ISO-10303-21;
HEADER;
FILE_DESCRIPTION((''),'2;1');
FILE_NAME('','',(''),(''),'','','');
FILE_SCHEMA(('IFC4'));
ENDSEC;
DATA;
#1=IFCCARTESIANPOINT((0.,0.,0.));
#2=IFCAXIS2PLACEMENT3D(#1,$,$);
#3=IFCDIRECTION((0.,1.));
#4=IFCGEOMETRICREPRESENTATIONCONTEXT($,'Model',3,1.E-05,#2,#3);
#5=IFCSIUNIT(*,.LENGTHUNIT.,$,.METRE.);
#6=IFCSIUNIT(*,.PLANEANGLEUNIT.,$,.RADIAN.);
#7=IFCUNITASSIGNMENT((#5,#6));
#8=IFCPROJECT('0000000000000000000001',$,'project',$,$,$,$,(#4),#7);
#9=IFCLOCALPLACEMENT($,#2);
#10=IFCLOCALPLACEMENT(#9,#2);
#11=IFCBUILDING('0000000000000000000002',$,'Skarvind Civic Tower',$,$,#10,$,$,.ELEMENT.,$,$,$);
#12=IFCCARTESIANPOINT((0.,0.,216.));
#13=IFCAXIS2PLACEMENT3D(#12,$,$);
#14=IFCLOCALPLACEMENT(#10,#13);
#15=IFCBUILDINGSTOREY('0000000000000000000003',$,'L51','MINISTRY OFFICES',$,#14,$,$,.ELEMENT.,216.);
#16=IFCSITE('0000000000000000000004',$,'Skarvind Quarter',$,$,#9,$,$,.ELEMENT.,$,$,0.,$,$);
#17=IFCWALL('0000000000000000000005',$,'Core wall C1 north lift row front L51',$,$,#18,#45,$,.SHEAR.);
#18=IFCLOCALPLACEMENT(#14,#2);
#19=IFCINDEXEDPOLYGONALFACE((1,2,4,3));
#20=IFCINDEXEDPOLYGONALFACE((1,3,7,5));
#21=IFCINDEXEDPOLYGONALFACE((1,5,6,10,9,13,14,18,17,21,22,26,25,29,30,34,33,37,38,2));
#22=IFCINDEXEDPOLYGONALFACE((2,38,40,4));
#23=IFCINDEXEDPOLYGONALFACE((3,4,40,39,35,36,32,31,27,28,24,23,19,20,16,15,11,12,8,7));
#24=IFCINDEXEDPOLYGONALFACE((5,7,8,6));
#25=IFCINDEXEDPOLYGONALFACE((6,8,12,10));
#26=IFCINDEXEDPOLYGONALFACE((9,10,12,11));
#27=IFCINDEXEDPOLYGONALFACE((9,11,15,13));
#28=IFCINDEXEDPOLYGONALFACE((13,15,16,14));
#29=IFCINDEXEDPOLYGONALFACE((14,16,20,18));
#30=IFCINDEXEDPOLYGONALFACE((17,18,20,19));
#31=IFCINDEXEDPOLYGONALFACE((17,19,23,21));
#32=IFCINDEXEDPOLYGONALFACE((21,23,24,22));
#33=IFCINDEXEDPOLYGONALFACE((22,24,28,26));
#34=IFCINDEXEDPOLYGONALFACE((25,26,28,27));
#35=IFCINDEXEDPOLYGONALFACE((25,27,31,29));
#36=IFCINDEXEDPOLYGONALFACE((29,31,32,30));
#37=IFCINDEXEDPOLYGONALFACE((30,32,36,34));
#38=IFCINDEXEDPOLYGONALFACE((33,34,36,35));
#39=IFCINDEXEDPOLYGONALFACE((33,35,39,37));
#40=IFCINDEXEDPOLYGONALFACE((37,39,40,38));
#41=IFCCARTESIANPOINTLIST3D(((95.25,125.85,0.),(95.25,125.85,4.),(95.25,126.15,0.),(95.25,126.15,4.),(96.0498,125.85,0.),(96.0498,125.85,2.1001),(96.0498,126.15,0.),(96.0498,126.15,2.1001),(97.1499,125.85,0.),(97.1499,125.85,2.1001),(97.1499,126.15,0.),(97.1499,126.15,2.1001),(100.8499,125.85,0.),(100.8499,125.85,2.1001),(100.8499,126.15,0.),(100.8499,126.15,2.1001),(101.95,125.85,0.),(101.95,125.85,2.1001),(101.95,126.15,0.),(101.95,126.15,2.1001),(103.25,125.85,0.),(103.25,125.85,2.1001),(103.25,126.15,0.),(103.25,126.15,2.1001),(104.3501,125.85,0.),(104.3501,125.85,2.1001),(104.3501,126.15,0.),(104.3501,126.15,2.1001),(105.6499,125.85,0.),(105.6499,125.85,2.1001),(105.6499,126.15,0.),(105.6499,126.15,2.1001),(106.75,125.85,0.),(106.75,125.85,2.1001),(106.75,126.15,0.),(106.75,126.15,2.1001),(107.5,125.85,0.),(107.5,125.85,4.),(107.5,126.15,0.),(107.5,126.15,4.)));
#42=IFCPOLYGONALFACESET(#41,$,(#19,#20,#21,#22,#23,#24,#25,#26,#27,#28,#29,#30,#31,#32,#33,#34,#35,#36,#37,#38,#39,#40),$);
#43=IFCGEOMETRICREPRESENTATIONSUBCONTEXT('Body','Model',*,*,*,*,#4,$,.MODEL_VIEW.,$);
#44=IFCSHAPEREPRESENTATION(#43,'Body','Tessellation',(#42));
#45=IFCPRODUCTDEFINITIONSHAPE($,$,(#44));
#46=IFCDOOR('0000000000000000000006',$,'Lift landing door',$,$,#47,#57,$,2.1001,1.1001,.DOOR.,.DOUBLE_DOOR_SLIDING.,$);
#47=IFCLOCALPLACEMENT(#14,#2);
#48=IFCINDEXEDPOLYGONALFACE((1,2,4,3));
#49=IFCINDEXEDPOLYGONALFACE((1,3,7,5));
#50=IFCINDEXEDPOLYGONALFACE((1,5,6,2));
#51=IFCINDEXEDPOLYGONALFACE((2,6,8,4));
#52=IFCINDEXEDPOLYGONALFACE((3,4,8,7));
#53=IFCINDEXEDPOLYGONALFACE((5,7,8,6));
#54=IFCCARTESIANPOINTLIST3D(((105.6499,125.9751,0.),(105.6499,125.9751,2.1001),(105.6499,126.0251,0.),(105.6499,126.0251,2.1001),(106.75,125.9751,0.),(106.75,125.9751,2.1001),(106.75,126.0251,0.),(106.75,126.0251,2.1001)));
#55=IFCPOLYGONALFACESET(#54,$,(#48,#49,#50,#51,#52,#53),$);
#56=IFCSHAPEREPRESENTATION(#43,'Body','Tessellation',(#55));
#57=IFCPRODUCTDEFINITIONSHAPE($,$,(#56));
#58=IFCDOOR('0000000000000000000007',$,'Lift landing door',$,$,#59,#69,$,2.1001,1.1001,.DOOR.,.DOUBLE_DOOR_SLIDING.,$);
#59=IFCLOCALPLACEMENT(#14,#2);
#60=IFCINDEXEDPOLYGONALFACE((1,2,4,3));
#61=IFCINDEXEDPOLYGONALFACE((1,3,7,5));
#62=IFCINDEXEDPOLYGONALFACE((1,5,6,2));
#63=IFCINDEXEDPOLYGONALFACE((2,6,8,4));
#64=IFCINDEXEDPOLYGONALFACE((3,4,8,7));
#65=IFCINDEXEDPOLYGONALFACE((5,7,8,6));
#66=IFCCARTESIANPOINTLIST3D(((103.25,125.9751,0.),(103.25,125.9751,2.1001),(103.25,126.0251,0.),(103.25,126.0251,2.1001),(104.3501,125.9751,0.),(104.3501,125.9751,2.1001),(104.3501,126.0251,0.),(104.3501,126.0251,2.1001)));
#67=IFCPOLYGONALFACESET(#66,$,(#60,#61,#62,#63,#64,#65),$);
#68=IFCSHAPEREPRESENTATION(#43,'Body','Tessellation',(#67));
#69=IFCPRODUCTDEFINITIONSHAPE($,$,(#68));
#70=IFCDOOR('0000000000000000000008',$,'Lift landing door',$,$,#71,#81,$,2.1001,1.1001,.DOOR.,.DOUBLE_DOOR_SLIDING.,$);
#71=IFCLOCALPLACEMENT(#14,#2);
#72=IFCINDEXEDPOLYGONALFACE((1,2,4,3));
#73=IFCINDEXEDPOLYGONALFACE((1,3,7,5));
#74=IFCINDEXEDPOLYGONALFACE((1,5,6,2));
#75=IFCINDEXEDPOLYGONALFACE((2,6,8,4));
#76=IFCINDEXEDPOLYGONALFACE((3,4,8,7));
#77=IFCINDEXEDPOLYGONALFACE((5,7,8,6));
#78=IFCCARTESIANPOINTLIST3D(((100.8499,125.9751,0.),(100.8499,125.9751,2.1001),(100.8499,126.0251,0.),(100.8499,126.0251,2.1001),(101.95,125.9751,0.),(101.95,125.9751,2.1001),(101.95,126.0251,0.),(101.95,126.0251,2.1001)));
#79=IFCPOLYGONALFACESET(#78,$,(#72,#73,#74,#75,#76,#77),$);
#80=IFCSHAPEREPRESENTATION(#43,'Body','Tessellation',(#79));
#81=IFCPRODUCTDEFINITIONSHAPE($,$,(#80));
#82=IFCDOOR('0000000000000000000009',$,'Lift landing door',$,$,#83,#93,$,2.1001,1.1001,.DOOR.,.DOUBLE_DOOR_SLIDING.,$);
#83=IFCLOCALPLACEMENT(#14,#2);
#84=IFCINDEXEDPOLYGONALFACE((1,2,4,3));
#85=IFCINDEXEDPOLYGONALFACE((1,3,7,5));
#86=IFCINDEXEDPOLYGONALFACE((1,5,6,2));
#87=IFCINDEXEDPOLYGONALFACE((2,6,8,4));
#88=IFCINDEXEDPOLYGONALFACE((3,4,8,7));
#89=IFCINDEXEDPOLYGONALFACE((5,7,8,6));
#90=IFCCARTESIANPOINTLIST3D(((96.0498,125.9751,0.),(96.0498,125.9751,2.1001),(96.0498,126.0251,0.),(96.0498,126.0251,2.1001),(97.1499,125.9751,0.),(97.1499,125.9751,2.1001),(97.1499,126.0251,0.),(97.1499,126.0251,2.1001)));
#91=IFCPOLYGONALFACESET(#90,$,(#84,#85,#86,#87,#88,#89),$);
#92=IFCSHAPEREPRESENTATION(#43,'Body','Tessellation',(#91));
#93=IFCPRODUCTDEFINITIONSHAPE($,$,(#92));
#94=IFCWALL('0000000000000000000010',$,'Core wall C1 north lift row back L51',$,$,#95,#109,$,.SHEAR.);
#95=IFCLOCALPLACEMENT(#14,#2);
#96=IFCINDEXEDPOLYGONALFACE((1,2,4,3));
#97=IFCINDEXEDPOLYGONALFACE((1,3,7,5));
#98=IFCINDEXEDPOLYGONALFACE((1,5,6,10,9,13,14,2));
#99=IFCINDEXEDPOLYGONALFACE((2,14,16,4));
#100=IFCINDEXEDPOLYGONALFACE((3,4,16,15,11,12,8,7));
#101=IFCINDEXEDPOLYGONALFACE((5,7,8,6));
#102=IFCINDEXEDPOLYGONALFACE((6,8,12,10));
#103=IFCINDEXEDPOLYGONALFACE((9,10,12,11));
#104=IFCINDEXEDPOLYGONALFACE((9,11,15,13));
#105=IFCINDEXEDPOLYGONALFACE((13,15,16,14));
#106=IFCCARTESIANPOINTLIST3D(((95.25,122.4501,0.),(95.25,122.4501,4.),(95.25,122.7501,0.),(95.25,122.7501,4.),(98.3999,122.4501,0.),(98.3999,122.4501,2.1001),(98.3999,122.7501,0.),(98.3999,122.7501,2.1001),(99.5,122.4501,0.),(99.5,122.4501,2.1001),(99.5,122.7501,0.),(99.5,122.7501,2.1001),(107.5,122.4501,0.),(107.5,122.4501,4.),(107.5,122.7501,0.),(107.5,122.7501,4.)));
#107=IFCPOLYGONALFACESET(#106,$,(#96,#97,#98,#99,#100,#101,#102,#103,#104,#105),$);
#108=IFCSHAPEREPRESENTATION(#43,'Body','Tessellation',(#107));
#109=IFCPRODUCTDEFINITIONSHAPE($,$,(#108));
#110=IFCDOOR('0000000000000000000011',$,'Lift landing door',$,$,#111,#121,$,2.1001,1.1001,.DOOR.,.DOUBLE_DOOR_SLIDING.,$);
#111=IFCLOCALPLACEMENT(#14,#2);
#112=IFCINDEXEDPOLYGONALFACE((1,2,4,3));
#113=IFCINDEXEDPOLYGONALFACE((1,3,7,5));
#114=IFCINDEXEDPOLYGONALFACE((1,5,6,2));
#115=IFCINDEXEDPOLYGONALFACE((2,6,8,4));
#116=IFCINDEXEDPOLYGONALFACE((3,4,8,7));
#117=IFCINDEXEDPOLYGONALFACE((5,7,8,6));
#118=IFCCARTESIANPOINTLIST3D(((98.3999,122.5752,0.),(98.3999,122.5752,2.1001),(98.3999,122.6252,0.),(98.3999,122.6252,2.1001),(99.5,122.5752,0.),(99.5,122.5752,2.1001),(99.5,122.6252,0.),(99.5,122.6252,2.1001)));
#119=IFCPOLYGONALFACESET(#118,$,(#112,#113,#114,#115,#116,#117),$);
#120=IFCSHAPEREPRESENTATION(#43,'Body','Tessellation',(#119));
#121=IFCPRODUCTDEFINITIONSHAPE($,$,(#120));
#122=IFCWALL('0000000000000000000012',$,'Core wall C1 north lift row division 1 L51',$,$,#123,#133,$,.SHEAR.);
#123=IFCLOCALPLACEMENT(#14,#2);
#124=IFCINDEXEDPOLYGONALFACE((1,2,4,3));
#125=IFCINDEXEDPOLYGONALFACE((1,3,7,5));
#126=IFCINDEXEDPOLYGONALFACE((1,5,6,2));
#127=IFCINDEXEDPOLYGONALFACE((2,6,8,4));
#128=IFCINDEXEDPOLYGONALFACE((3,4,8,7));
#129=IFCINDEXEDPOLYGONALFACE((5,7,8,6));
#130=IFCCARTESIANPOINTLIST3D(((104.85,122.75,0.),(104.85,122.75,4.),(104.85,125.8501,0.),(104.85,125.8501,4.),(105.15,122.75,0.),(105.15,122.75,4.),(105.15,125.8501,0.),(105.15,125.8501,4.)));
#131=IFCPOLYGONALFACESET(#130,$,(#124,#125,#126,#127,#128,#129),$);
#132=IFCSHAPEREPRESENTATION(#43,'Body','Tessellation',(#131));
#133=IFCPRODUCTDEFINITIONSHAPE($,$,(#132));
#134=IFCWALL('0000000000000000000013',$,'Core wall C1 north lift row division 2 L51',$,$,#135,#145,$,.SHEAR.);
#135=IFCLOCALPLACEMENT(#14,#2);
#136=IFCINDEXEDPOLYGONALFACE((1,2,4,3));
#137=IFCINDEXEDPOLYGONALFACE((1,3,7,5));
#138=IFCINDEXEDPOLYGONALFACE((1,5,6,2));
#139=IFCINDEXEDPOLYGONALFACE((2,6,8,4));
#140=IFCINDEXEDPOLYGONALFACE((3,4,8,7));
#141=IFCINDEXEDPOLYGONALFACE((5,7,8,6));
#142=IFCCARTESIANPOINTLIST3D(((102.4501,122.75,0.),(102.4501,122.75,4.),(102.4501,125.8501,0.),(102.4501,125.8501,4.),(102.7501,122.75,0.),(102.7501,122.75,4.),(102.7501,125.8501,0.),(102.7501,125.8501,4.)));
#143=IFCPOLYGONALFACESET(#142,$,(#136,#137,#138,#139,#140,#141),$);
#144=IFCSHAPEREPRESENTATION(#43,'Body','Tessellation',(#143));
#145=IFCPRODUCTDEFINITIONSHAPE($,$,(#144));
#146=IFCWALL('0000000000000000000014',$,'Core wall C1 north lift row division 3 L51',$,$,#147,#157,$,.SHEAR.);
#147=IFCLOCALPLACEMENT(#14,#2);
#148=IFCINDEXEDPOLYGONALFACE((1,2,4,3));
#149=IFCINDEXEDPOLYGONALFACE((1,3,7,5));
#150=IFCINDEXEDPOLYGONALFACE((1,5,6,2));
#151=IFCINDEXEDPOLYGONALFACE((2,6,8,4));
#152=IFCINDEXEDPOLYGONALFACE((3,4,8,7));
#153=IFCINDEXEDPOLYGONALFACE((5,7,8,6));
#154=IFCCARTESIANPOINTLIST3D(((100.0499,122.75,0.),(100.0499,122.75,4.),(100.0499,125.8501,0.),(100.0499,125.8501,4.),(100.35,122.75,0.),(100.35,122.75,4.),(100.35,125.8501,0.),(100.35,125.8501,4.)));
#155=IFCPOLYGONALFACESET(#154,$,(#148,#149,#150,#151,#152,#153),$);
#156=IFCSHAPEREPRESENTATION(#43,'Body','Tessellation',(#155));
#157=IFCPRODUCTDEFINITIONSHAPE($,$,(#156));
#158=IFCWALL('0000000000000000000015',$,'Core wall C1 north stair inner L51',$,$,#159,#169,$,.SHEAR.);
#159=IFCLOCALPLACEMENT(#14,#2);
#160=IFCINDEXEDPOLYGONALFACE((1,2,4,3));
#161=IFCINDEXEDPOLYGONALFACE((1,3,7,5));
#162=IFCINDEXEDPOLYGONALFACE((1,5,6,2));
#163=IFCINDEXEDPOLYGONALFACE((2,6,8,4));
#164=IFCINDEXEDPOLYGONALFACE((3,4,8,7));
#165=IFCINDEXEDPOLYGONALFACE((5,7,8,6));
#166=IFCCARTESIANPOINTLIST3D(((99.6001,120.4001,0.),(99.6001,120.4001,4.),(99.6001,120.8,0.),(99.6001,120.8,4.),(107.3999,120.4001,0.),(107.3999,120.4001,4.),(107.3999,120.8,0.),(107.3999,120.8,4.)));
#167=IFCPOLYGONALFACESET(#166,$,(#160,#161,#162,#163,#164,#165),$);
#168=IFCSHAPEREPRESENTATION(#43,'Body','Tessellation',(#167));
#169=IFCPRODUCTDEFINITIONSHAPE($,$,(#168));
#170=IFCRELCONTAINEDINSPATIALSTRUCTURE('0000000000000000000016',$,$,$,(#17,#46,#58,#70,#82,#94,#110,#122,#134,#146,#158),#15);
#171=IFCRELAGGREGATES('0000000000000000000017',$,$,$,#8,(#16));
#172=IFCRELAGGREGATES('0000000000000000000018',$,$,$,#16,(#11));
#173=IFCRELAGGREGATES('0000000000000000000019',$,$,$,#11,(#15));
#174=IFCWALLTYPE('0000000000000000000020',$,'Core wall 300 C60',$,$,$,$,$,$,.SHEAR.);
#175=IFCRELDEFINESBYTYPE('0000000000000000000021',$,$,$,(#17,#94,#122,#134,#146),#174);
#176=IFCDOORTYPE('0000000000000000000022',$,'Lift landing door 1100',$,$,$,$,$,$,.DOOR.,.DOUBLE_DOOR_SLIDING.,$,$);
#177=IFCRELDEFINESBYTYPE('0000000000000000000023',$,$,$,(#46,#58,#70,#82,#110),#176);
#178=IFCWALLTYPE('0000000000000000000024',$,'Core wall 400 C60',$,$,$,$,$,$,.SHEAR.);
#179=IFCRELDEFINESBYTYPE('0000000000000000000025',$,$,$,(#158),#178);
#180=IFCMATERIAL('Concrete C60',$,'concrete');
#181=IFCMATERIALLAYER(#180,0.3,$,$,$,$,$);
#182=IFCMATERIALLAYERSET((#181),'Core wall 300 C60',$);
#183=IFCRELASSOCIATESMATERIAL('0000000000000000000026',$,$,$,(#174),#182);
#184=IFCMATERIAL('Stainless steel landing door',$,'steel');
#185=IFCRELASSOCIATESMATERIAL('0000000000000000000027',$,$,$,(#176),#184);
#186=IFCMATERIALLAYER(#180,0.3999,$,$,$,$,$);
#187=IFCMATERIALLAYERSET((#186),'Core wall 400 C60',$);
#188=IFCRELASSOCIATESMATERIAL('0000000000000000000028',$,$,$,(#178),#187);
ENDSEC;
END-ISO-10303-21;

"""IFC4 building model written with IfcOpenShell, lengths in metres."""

from ifc_helpers import new_model, si_unit, direction, frame, frame_2d, origin, place, context, subcontext, project, spatial, rectangle, extrude, material, layer, layer_set, type_object, element, fill, save


model = new_model("IFC4")

# Units and contexts
model_context = context("Model", 3, precision=1e-05, world=origin(), true_north=direction((0.0, 1.0)))
body_context = subcontext(model_context, "Body", "Model", "MODEL_VIEW")
ifc_project = project(units=[si_unit("LENGTHUNIT", "METRE"), si_unit("PLANEANGLEUNIT", "RADIAN")], contexts=[model_context])

# Site, building, storey
site_placement = place(None, origin())
site = spatial("IfcSite", under=ifc_project, at=site_placement, Name="Skarvind Quarter", CompositionType="ELEMENT", RefElevation=0.0)
building_placement = place(site_placement, origin())
building = spatial("IfcBuilding", under=site, at=building_placement, Name="Skarvind Civic Tower", CompositionType="ELEMENT")
storey_placement = place(building_placement, frame((0.0, 0.0, 216.0)))
storey = spatial("IfcBuildingStorey", under=building, at=storey_placement, Name="L51", Description="MINISTRY OFFICES", CompositionType="ELEMENT", Elevation=216.0)

# Wall, openings, doors
ifc_material_1 = material(Name="Concrete C60", Category="concrete")
ifc_layer_1 = layer(ifc_material_1, 0.3)
ifc_layer_set_1 = layer_set([ifc_layer_1], Name="Core wall 300 C60")
wall_type_1 = type_object("IfcWallType", Name="Core wall 300 C60", PredefinedType="SHEAR", material=ifc_layer_set_1)
wall_1_placement = place(storey_placement, frame((107.5, 126.0, 0.0), z_axis=(0.0, 0.0, 1.0), x_axis=(-1.0, 0.0, 0.0)))
wall_1 = element("IfcWall", 1, at=wall_1_placement, inside=storey, type_object=wall_type_1, Name="Core wall C1 north lift row front L51", PredefinedType="SHEAR", context=body_context, shape_type="SweptSolid", body=[
    extrude(rectangle(XDim=12.25, YDim=0.3, at=frame_2d((6.125, 0.0))), origin(), (0.0, 0.0, 1.0), 4.0),
])
opening_1_placement = place(wall_1_placement, frame((0.75, 0.0, 0.0)))
opening_1 = element("IfcOpeningElement", 2, at=opening_1_placement, cuts=wall_1, PredefinedType="OPENING", context=body_context, shape_type="SweptSolid", body=[
    extrude(rectangle(XDim=1.1001, YDim=2.1001, at=frame_2d((0.55, 1.05))), frame((0.0, 0.1599, 0.0), z_axis=(0.0, -1.0, 0.0), x_axis=(1.0, 0.0, 0.0)), (0.0, 0.0, 1.0), 0.3201),
])
opening_2_placement = place(wall_1_placement, frame((3.1499, 0.0, 0.0)))
opening_2 = element("IfcOpeningElement", 3, at=opening_2_placement, cuts=wall_1, PredefinedType="OPENING", context=body_context, shape_type="SweptSolid", body=[
    extrude(rectangle(XDim=1.1001, YDim=2.1001, at=frame_2d((0.55, 1.05))), frame((0.0, 0.1599, 0.0), z_axis=(0.0, -1.0, 0.0), x_axis=(1.0, 0.0, 0.0)), (0.0, 0.0, 1.0), 0.3201),
])
opening_3_placement = place(wall_1_placement, frame((5.55, 0.0, 0.0)))
opening_3 = element("IfcOpeningElement", 4, at=opening_3_placement, cuts=wall_1, PredefinedType="OPENING", context=body_context, shape_type="SweptSolid", body=[
    extrude(rectangle(XDim=1.1001, YDim=2.1001, at=frame_2d((0.55, 1.05))), frame((0.0, 0.1599, 0.0), z_axis=(0.0, -1.0, 0.0), x_axis=(1.0, 0.0, 0.0)), (0.0, 0.0, 1.0), 0.3201),
])
opening_4_placement = place(wall_1_placement, frame((10.3501, 0.0, 0.0)))
opening_4 = element("IfcOpeningElement", 5, at=opening_4_placement, cuts=wall_1, PredefinedType="OPENING", context=body_context, shape_type="SweptSolid", body=[
    extrude(rectangle(XDim=1.1001, YDim=2.1001, at=frame_2d((0.55, 1.05))), frame((0.0, 0.1599, 0.0), z_axis=(0.0, -1.0, 0.0), x_axis=(1.0, 0.0, 0.0)), (0.0, 0.0, 1.0), 0.3201),
])
ifc_material_2 = material(Name="Stainless steel landing door", Category="steel")
door_type_1 = type_object("IfcDoorType", Name="Lift landing door 1100", OperationType="DOUBLE_DOOR_SLIDING", PredefinedType="DOOR", material=ifc_material_2)
door_1_placement = place(opening_1_placement, origin())
door_1 = element("IfcDoor", 6, at=door_1_placement, inside=storey, type_object=door_type_1, Name="Lift landing door", OperationType="DOUBLE_DOOR_SLIDING", OverallHeight=2.1001, OverallWidth=1.1001, PredefinedType="DOOR", context=body_context, shape_type="SweptSolid", body=[
    extrude(rectangle(XDim=1.1001, YDim=2.1001, at=frame_2d((0.55, 1.05))), frame((0.0, 0.0249, 0.0), z_axis=(0.0, -1.0, 0.0), x_axis=(1.0, 0.0, 0.0)), (0.0, 0.0, 1.0), 0.05),
])
fill(opening_1, door_1)
door_2_placement = place(opening_2_placement, origin())
door_2 = element("IfcDoor", 7, at=door_2_placement, inside=storey, type_object=door_type_1, Name="Lift landing door", OperationType="DOUBLE_DOOR_SLIDING", OverallHeight=2.1001, OverallWidth=1.1001, PredefinedType="DOOR", context=body_context, shape_type="SweptSolid", body=[
    extrude(rectangle(XDim=1.1001, YDim=2.1001, at=frame_2d((0.55, 1.05))), frame((0.0, 0.0249, 0.0), z_axis=(0.0, -1.0, 0.0), x_axis=(1.0, 0.0, 0.0)), (0.0, 0.0, 1.0), 0.05),
])
fill(opening_2, door_2)
door_3_placement = place(opening_3_placement, origin())
door_3 = element("IfcDoor", 8, at=door_3_placement, inside=storey, type_object=door_type_1, Name="Lift landing door", OperationType="DOUBLE_DOOR_SLIDING", OverallHeight=2.1001, OverallWidth=1.1001, PredefinedType="DOOR", context=body_context, shape_type="SweptSolid", body=[
    extrude(rectangle(XDim=1.1001, YDim=2.1001, at=frame_2d((0.55, 1.05))), frame((0.0, 0.0249, 0.0), z_axis=(0.0, -1.0, 0.0), x_axis=(1.0, 0.0, 0.0)), (0.0, 0.0, 1.0), 0.05),
])
fill(opening_3, door_3)
door_4_placement = place(opening_4_placement, origin())
door_4 = element("IfcDoor", 9, at=door_4_placement, inside=storey, type_object=door_type_1, Name="Lift landing door", OperationType="DOUBLE_DOOR_SLIDING", OverallHeight=2.1001, OverallWidth=1.1001, PredefinedType="DOOR", context=body_context, shape_type="SweptSolid", body=[
    extrude(rectangle(XDim=1.1001, YDim=2.1001, at=frame_2d((0.55, 1.05))), frame((0.0, 0.0249, 0.0), z_axis=(0.0, -1.0, 0.0), x_axis=(1.0, 0.0, 0.0)), (0.0, 0.0, 1.0), 0.05),
])
fill(opening_4, door_4)

# Wall, opening, door
wall_2_placement = place(storey_placement, frame((107.5, 122.6001, 0.0), z_axis=(0.0, 0.0, 1.0), x_axis=(-1.0, 0.0, 0.0)))
wall_2 = element("IfcWall", 10, at=wall_2_placement, inside=storey, type_object=wall_type_1, Name="Core wall C1 north lift row back L51", PredefinedType="SHEAR", context=body_context, shape_type="SweptSolid", body=[
    extrude(rectangle(XDim=12.25, YDim=0.3, at=frame_2d((6.125, 0.0))), origin(), (0.0, 0.0, 1.0), 4.0),
])
opening_5_placement = place(wall_2_placement, frame((8.0, 0.0, 0.0)))
opening_5 = element("IfcOpeningElement", 11, at=opening_5_placement, cuts=wall_2, PredefinedType="OPENING", context=body_context, shape_type="SweptSolid", body=[
    extrude(rectangle(XDim=1.1001, YDim=2.1001, at=frame_2d((0.55, 1.05))), frame((0.0, 0.1599, 0.0), z_axis=(0.0, -1.0, 0.0), x_axis=(1.0, 0.0, 0.0)), (0.0, 0.0, 1.0), 0.3201),
])
door_5_placement = place(opening_5_placement, origin())
door_5 = element("IfcDoor", 12, at=door_5_placement, inside=storey, type_object=door_type_1, Name="Lift landing door", OperationType="DOUBLE_DOOR_SLIDING", OverallHeight=2.1001, OverallWidth=1.1001, PredefinedType="DOOR", context=body_context, shape_type="SweptSolid", body=[
    extrude(rectangle(XDim=1.1001, YDim=2.1001, at=frame_2d((0.55, 1.05))), frame((0.0, 0.0249, 0.0), z_axis=(0.0, -1.0, 0.0), x_axis=(1.0, 0.0, 0.0)), (0.0, 0.0, 1.0), 0.05),
])
fill(opening_5, door_5)

# Walls
for number, where, z_axis, x_axis, name in (
    (13, (105.0, 125.8501, 0.0), (0.0, 0.0, 1.0), (0.0, -1.0, 0.0), "Core wall C1 north lift row division 1 L51"),
    (14, (102.6001, 125.8501, 0.0), (0.0, 0.0, 1.0), (0.0, -1.0, 0.0), "Core wall C1 north lift row division 2 L51"),
    (15, (100.2, 125.8501, 0.0), (0.0, 0.0, 1.0), (0.0, -1.0, 0.0), "Core wall C1 north lift row division 3 L51"),
):
    element("IfcWall", number, at=place(storey_placement, frame(where, z_axis=z_axis, x_axis=x_axis)), inside=storey, type_object=wall_type_1, Name=name, PredefinedType="SHEAR", context=body_context, shape_type="SweptSolid", body=[
        extrude(rectangle(XDim=3.1001, YDim=0.3, at=frame_2d((1.55, 0.0))), origin(), (0.0, 0.0, 1.0), 4.0),
    ])
ifc_layer_2 = layer(ifc_material_1, 0.3999)
ifc_layer_set_2 = layer_set([ifc_layer_2], Name="Core wall 400 C60")
wall_type_2 = type_object("IfcWallType", Name="Core wall 400 C60", PredefinedType="SHEAR", material=ifc_layer_set_2)
wall_3_placement = place(storey_placement, frame((107.3999, 120.6001, 0.0), z_axis=(0.0, 0.0, 1.0), x_axis=(-1.0, 0.0, 0.0)))
element("IfcWall", 16, at=wall_3_placement, inside=storey, type_object=wall_type_2, Name="Core wall C1 north stair inner L51", PredefinedType="SHEAR", context=body_context, shape_type="SweptSolid", body=[
    extrude(rectangle(XDim=7.7998, YDim=0.3999, at=frame_2d((3.8999, 0.0))), origin(), (0.0, 0.0, 1.0), 4.0),
])

save(model, "model.ifc")
